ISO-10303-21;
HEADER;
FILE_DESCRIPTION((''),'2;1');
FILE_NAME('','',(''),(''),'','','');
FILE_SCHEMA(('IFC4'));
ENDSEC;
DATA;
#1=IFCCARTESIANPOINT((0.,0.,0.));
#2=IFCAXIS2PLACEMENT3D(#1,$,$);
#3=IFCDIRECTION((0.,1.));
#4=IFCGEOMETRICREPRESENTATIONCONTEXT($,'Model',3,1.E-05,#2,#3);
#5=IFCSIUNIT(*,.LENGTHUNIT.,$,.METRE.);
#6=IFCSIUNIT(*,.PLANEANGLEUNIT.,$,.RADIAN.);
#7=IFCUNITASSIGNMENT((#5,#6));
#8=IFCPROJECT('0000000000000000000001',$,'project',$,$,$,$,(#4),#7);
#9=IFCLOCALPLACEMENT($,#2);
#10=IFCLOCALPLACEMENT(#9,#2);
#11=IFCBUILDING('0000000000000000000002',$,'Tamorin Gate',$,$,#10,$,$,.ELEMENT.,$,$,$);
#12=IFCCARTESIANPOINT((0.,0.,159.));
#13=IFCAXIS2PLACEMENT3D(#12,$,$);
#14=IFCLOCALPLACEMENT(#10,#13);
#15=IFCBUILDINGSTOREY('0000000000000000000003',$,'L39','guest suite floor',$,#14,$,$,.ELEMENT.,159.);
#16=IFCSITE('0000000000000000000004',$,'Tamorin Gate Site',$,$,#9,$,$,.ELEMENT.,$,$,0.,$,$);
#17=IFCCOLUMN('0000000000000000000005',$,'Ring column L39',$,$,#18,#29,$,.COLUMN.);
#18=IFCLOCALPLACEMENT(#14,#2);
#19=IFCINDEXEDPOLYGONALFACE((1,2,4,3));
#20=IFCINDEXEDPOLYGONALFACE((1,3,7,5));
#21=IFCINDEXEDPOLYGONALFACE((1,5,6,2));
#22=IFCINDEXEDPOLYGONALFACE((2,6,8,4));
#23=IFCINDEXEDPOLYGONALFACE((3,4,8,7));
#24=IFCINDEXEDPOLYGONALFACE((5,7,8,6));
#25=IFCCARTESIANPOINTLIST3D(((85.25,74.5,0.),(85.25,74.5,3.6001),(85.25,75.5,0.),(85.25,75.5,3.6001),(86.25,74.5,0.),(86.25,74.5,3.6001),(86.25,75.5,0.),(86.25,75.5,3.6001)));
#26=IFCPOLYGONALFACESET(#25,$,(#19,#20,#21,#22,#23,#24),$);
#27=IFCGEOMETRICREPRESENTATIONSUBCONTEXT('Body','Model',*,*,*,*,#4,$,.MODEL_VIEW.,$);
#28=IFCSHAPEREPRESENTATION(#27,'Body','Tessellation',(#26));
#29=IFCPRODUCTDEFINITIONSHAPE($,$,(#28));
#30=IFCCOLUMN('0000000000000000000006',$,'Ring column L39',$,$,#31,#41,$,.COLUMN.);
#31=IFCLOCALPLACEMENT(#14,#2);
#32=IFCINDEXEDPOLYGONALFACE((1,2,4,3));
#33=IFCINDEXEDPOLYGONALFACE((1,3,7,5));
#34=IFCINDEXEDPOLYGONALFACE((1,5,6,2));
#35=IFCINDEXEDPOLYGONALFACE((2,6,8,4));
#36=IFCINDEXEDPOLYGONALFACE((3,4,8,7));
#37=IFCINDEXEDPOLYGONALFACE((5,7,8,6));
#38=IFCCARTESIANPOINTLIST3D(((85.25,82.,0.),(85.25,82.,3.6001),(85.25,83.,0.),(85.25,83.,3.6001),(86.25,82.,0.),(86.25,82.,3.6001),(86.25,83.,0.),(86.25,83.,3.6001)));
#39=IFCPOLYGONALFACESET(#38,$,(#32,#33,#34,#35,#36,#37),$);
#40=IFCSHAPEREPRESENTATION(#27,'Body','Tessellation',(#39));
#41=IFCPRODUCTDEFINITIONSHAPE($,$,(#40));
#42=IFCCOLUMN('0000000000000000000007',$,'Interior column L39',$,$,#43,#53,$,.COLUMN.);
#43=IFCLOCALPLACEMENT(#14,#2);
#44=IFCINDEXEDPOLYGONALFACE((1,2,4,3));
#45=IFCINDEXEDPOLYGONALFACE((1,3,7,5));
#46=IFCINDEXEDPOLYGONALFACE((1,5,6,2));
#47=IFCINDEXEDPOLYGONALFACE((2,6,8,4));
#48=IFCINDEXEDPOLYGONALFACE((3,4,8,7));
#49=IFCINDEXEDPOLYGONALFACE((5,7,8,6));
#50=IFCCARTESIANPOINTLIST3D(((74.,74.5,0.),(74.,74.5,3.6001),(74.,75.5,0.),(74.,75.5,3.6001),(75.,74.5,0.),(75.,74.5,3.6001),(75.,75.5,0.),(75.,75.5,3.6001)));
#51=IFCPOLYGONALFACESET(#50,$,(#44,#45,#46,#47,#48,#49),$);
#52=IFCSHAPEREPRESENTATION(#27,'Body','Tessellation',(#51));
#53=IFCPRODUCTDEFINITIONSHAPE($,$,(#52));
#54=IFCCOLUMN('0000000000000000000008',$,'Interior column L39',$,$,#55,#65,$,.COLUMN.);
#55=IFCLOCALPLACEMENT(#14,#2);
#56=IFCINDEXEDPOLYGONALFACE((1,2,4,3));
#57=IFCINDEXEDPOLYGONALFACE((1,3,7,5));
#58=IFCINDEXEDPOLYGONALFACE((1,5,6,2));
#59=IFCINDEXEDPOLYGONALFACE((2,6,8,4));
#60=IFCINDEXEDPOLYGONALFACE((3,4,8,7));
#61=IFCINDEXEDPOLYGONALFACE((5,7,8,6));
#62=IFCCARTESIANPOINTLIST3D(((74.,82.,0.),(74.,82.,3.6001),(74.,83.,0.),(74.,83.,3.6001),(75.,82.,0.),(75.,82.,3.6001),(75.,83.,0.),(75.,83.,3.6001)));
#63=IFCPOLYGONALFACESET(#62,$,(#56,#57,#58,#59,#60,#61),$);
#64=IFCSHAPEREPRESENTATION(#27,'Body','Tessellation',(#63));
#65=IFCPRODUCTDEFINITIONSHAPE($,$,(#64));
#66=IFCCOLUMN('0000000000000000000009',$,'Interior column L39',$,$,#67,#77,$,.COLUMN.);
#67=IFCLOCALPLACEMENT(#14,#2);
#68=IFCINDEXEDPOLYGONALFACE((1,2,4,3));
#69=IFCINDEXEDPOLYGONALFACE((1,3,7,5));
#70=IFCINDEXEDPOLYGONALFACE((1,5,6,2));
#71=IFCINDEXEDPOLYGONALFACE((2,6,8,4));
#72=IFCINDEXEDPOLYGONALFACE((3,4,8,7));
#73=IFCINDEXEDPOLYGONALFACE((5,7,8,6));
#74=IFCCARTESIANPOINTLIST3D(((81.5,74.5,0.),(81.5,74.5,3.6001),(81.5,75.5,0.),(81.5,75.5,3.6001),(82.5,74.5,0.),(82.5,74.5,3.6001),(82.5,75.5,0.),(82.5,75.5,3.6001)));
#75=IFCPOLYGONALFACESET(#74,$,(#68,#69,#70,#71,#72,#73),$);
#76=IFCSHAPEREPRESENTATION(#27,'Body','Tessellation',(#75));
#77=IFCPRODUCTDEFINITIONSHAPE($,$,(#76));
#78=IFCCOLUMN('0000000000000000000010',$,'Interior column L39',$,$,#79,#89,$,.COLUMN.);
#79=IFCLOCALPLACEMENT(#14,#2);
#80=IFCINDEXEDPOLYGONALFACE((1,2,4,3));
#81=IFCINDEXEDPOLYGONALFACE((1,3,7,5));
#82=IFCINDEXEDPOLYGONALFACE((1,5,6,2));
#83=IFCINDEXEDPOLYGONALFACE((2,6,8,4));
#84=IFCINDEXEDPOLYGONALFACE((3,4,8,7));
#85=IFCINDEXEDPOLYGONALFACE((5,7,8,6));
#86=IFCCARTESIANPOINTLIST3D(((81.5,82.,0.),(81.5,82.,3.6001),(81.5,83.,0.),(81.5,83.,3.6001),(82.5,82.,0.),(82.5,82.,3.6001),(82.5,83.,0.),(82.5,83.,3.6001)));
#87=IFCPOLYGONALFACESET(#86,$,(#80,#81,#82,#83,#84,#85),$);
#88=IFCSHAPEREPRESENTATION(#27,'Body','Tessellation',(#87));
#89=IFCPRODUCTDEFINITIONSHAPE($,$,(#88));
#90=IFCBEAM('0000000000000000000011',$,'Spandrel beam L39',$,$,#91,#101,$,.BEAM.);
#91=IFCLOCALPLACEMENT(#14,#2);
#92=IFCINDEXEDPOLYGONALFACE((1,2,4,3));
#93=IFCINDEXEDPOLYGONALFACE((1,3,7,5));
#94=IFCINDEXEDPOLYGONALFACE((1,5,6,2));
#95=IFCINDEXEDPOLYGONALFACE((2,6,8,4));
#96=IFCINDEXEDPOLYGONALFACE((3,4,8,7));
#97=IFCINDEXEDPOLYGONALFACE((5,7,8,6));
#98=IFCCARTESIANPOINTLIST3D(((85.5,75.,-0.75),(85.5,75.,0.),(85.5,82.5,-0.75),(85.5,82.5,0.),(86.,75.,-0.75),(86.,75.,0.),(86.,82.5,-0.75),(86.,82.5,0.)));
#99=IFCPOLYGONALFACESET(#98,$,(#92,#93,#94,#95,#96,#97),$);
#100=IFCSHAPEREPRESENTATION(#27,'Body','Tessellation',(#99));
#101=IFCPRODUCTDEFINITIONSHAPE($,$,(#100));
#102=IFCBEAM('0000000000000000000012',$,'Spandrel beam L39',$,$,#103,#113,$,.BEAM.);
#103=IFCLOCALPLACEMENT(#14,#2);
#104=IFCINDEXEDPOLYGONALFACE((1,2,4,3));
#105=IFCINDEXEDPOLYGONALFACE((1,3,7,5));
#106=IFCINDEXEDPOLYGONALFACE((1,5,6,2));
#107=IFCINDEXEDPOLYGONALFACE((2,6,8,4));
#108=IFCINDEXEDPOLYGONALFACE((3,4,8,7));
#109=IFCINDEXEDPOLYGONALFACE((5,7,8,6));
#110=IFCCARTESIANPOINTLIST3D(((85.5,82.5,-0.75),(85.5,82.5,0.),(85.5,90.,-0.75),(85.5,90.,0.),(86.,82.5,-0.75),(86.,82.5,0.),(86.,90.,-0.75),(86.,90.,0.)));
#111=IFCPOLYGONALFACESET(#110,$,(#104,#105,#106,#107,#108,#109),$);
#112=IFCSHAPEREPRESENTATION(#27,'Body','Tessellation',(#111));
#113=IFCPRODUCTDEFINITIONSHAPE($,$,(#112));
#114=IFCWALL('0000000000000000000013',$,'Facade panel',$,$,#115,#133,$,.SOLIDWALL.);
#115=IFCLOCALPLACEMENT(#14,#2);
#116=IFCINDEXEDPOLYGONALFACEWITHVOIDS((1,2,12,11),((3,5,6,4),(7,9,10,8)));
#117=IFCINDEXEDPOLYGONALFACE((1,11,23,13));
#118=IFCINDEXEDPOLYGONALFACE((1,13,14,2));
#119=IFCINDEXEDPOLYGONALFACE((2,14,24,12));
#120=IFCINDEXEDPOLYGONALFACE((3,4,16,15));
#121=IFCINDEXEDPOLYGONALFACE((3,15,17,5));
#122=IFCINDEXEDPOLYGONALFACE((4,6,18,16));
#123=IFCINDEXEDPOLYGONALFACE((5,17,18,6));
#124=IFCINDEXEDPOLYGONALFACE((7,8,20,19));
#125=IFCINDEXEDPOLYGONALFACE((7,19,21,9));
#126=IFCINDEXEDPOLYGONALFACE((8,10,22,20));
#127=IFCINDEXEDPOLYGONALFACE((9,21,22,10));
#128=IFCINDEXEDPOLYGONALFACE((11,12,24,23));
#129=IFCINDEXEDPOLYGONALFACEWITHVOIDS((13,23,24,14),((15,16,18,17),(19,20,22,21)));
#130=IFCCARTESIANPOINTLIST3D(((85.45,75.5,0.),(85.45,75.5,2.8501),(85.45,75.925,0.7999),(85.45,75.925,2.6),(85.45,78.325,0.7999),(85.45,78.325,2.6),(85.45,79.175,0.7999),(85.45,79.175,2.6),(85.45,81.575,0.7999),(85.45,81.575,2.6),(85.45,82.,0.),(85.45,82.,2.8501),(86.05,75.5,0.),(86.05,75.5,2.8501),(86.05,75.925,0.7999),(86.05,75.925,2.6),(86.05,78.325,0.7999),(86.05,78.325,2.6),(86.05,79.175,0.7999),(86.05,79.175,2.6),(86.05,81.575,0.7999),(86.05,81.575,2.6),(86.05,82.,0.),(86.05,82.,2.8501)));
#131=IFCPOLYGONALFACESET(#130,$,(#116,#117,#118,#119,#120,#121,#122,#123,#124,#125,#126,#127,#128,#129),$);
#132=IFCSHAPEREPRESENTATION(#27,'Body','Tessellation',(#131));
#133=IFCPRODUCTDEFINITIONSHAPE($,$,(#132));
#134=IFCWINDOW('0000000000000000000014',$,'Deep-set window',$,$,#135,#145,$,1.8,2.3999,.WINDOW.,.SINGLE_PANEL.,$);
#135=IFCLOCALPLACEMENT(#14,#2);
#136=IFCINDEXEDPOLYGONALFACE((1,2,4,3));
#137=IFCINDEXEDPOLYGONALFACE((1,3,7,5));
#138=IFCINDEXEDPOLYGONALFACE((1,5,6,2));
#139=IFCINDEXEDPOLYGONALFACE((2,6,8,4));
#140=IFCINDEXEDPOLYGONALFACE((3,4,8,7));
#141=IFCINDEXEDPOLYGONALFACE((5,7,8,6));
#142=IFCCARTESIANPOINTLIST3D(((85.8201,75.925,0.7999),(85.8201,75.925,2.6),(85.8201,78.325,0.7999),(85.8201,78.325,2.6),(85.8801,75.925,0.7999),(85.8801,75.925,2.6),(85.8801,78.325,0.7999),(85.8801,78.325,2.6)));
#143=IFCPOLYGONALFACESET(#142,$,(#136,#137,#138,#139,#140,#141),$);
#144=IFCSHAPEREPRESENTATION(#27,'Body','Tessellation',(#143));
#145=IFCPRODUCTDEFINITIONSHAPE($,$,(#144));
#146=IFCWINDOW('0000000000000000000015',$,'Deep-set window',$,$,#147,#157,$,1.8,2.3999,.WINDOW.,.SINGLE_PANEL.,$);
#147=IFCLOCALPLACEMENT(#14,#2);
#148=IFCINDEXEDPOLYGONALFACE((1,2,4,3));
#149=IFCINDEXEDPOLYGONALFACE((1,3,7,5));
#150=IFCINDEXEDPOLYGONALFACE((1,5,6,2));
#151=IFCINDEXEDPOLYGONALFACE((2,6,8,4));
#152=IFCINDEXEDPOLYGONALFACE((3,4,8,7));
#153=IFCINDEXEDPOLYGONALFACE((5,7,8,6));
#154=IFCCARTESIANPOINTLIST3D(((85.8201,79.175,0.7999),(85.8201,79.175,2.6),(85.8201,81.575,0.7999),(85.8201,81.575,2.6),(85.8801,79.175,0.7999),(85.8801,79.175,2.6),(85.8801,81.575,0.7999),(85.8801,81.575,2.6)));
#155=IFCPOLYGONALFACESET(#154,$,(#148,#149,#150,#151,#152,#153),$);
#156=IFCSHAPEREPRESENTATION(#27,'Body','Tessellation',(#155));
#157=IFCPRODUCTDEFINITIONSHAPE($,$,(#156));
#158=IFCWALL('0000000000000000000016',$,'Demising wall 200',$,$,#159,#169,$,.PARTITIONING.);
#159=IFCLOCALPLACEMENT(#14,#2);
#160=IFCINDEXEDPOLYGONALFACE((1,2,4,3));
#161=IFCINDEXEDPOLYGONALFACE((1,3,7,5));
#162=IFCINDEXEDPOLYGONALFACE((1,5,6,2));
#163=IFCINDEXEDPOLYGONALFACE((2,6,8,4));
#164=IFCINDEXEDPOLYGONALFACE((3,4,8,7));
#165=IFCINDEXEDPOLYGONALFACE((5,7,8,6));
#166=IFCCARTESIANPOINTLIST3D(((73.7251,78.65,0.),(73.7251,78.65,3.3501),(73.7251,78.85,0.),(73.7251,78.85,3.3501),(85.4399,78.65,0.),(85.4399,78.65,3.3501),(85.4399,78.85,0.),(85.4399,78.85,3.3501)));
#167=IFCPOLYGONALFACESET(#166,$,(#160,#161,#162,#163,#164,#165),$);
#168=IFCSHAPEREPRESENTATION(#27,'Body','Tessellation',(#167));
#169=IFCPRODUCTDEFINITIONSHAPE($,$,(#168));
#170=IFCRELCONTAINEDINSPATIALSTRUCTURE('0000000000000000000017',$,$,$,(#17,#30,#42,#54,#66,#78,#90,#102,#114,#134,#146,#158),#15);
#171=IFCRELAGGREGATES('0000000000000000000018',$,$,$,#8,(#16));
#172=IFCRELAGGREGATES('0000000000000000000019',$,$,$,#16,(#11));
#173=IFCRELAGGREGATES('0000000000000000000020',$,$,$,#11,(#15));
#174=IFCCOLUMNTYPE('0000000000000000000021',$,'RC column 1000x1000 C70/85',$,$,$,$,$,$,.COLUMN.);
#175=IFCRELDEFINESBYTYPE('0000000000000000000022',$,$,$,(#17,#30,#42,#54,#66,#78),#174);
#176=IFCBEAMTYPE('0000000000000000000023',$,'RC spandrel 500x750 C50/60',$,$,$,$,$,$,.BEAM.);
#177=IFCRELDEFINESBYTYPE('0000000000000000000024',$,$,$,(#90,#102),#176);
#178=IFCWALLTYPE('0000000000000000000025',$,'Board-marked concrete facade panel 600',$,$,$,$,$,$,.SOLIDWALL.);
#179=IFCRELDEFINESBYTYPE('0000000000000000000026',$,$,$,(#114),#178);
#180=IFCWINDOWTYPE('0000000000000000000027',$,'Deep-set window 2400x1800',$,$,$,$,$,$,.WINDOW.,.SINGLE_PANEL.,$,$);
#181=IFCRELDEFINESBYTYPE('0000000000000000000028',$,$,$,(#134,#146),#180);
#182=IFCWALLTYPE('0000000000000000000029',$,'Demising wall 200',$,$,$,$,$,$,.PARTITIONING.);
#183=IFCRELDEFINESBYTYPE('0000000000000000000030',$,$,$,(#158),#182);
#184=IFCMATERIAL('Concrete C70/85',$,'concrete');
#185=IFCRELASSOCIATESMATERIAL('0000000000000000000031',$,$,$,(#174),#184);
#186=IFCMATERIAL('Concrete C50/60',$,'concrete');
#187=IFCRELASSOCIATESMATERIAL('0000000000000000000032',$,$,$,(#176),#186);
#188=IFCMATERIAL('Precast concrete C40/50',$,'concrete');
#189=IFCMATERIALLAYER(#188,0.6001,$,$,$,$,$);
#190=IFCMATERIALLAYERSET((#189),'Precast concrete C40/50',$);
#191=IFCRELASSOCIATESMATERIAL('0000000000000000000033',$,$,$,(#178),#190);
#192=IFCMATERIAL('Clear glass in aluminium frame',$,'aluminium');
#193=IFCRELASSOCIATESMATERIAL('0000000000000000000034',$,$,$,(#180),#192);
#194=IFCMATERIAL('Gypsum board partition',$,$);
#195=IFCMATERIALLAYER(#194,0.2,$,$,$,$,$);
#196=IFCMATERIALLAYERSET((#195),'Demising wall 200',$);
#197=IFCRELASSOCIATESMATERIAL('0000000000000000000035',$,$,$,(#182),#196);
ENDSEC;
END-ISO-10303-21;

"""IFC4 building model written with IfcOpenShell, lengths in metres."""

from ifc_helpers import new_model, si_unit, direction, frame, frame_2d, origin, origin_2d, place, context, subcontext, project, spatial, rectangle, extrude, material, layer, layer_set, material_profile, profile_set, type_object, element, fill, save


model = new_model("IFC4")

# Units and contexts
model_context = context("Model", 3, precision=1e-05, world=origin(), true_north=direction((0.0, 1.0)))
body_context = subcontext(model_context, "Body", "Model", "MODEL_VIEW")
ifc_project = project(units=[si_unit("LENGTHUNIT", "METRE"), si_unit("PLANEANGLEUNIT", "RADIAN")], contexts=[model_context])

# Site, building, storey
site_placement = place(None, origin())
site = spatial("IfcSite", under=ifc_project, at=site_placement, Name="Tamorin Gate Site", CompositionType="ELEMENT", RefElevation=0.0)
building_placement = place(site_placement, origin())
building = spatial("IfcBuilding", under=site, at=building_placement, Name="Tamorin Gate", CompositionType="ELEMENT")
storey_placement = place(building_placement, frame((0.0, 0.0, 159.0)))
storey = spatial("IfcBuildingStorey", under=building, at=storey_placement, Name="L39", Description="guest suite floor", CompositionType="ELEMENT", Elevation=159.0)

# Columns
ifc_material_1 = material(Name="Concrete C70/85", Category="concrete")
ifc_material_profile_1 = material_profile(ifc_material_1, rectangle(XDim=1.0, YDim=1.0, at=origin_2d()), Name="RC 1000x1000")
ifc_profile_set_1 = profile_set([ifc_material_profile_1], Name="Concrete C70/85")
column_type = type_object("IfcColumnType", Name="RC column 1000x1000 C70/85", PredefinedType="COLUMN", material=ifc_profile_set_1)
for number, where, z_axis, x_axis, name in (
    (1, (85.75, 75.0, 0.0), (0.0, 0.0, 1.0), (1.0, 0.0, 0.0), "Ring column L39"),
    (2, (85.75, 82.5, 0.0), (0.0, 0.0, 1.0), (1.0, 0.0, 0.0), "Ring column L39"),
    (3, (74.5, 75.0, 0.0), (0.0, 0.0, 1.0), (1.0, 0.0, 0.0), "Interior column L39"),
    (4, (74.5, 82.5, 0.0), (0.0, 0.0, 1.0), (1.0, 0.0, 0.0), "Interior column L39"),
    (5, (82.0, 75.0, 0.0), (0.0, 0.0, 1.0), (1.0, 0.0, 0.0), "Interior column L39"),
    (6, (82.0, 82.5, 0.0), (0.0, 0.0, 1.0), (1.0, 0.0, 0.0), "Interior column L39"),
):
    element("IfcColumn", number, at=place(storey_placement, frame(where, z_axis=z_axis, x_axis=x_axis)), inside=storey, type_object=column_type, Name=name, PredefinedType="COLUMN", context=body_context, shape_type="SweptSolid", body=[
        extrude(rectangle(XDim=1.0, YDim=1.0, at=origin_2d()), origin(), (0.0, 0.0, 1.0), 3.6001),
    ])

# Beams
ifc_material_2 = material(Name="Concrete C50/60", Category="concrete")
ifc_material_profile_2 = material_profile(ifc_material_2, rectangle(XDim=0.5, YDim=0.75, at=origin_2d()), Name="RC 500x750")
ifc_profile_set_2 = profile_set([ifc_material_profile_2], Name="Concrete C50/60")
beam_type = type_object("IfcBeamType", Name="RC spandrel 500x750 C50/60", PredefinedType="BEAM", material=ifc_profile_set_2)
for number, where, z_axis, x_axis, name in (
    (7, (85.75, 75.0, -0.375), (0.0, 1.0, 0.0), (-1.0, 0.0, 0.0), "Spandrel beam L39"),
    (8, (85.75, 82.5, -0.375), (0.0, 1.0, 0.0), (-1.0, 0.0, 0.0), "Spandrel beam L39"),
):
    element("IfcBeam", number, at=place(storey_placement, frame(where, z_axis=z_axis, x_axis=x_axis)), inside=storey, type_object=beam_type, Name=name, PredefinedType="BEAM", context=body_context, shape_type="SweptSolid", body=[
        extrude(rectangle(XDim=0.5, YDim=0.75, at=origin_2d()), origin(), (0.0, 0.0, 1.0), 7.5),
    ])

# Wall, openings, windows
ifc_material_3 = material(Name="Precast concrete C40/50", Category="concrete")
ifc_layer_1 = layer(ifc_material_3, 0.6001)
ifc_layer_set_1 = layer_set([ifc_layer_1], Name="Precast concrete C40/50")
wall_type_1 = type_object("IfcWallType", Name="Board-marked concrete facade panel 600", PredefinedType="SOLIDWALL", material=ifc_layer_set_1)
wall_1_placement = place(storey_placement, frame((85.75, 75.5, 0.0), z_axis=(0.0, 0.0, 1.0), x_axis=(0.0, 1.0, 0.0)))
wall_1 = element("IfcWall", 9, at=wall_1_placement, inside=storey, type_object=wall_type_1, Name="Facade panel", PredefinedType="SOLIDWALL", context=body_context, shape_type="SweptSolid", body=[
    extrude(rectangle(XDim=6.5, YDim=0.6001, at=frame_2d((3.25, 0.0))), origin(), (0.0, 0.0, 1.0), 2.8501),
])
opening_1_placement = place(wall_1_placement, frame((0.425, 0.0, 0.8)))
opening_1 = element("IfcOpeningElement", 10, at=opening_1_placement, cuts=wall_1, PredefinedType="OPENING", context=body_context, shape_type="SweptSolid", body=[
    extrude(rectangle(XDim=2.3999, YDim=1.8, at=frame_2d((1.2, 0.8999))), frame((0.0, 0.3101, 0.0), z_axis=(0.0, -1.0, 0.0), x_axis=(1.0, 0.0, 0.0)), (0.0, 0.0, 1.0), 0.6201),
])
opening_2_placement = place(wall_1_placement, frame((3.675, 0.0, 0.8)))
opening_2 = element("IfcOpeningElement", 11, at=opening_2_placement, cuts=wall_1, PredefinedType="OPENING", context=body_context, shape_type="SweptSolid", body=[
    extrude(rectangle(XDim=2.3999, YDim=1.8, at=frame_2d((1.2, 0.8999))), frame((0.0, 0.3101, 0.0), z_axis=(0.0, -1.0, 0.0), x_axis=(1.0, 0.0, 0.0)), (0.0, 0.0, 1.0), 0.6201),
])
ifc_material_4 = material(Name="Clear glass in aluminium frame", Category="aluminium")
window_type = type_object("IfcWindowType", Name="Deep-set window 2400x1800", PartitioningType="SINGLE_PANEL", PredefinedType="WINDOW", material=ifc_material_4)
window_1_placement = place(opening_1_placement, origin())
window_1 = element("IfcWindow", 12, at=window_1_placement, inside=storey, type_object=window_type, Name="Deep-set window", OverallHeight=1.8, OverallWidth=2.3999, PartitioningType="SINGLE_PANEL", PredefinedType="WINDOW", context=body_context, shape_type="SweptSolid", body=[
    extrude(rectangle(XDim=2.3999, YDim=1.8, at=frame_2d((1.2, 0.8999))), frame((0.0, -0.0701, 0.0), z_axis=(0.0, -1.0, 0.0), x_axis=(1.0, 0.0, 0.0)), (0.0, 0.0, 1.0), 0.0601),
])
fill(opening_1, window_1)
window_2_placement = place(opening_2_placement, origin())
window_2 = element("IfcWindow", 13, at=window_2_placement, inside=storey, type_object=window_type, Name="Deep-set window", OverallHeight=1.8, OverallWidth=2.3999, PartitioningType="SINGLE_PANEL", PredefinedType="WINDOW", context=body_context, shape_type="SweptSolid", body=[
    extrude(rectangle(XDim=2.3999, YDim=1.8, at=frame_2d((1.2, 0.8999))), frame((0.0, -0.0701, 0.0), z_axis=(0.0, -1.0, 0.0), x_axis=(1.0, 0.0, 0.0)), (0.0, 0.0, 1.0), 0.0601),
])
fill(opening_2, window_2)

# Wall
ifc_material_5 = material(Name="Gypsum board partition")
ifc_layer_2 = layer(ifc_material_5, 0.2)
ifc_layer_set_2 = layer_set([ifc_layer_2], Name="Demising wall 200")
wall_type_2 = type_object("IfcWallType", Name="Demising wall 200", PredefinedType="PARTITIONING", material=ifc_layer_set_2)
wall_2_placement = place(storey_placement, frame((73.7251, 78.75, 0.0), z_axis=(0.0, 0.0, 1.0), x_axis=(1.0, 0.0, 0.0)))
element("IfcWall", 14, at=wall_2_placement, inside=storey, type_object=wall_type_2, Name="Demising wall 200", PredefinedType="PARTITIONING", context=body_context, shape_type="SweptSolid", body=[
    extrude(rectangle(XDim=11.7148, YDim=0.2, at=frame_2d((5.8574, 0.0))), origin(), (0.0, 0.0, 1.0), 3.3501),
])

save(model, "model.ifc")
